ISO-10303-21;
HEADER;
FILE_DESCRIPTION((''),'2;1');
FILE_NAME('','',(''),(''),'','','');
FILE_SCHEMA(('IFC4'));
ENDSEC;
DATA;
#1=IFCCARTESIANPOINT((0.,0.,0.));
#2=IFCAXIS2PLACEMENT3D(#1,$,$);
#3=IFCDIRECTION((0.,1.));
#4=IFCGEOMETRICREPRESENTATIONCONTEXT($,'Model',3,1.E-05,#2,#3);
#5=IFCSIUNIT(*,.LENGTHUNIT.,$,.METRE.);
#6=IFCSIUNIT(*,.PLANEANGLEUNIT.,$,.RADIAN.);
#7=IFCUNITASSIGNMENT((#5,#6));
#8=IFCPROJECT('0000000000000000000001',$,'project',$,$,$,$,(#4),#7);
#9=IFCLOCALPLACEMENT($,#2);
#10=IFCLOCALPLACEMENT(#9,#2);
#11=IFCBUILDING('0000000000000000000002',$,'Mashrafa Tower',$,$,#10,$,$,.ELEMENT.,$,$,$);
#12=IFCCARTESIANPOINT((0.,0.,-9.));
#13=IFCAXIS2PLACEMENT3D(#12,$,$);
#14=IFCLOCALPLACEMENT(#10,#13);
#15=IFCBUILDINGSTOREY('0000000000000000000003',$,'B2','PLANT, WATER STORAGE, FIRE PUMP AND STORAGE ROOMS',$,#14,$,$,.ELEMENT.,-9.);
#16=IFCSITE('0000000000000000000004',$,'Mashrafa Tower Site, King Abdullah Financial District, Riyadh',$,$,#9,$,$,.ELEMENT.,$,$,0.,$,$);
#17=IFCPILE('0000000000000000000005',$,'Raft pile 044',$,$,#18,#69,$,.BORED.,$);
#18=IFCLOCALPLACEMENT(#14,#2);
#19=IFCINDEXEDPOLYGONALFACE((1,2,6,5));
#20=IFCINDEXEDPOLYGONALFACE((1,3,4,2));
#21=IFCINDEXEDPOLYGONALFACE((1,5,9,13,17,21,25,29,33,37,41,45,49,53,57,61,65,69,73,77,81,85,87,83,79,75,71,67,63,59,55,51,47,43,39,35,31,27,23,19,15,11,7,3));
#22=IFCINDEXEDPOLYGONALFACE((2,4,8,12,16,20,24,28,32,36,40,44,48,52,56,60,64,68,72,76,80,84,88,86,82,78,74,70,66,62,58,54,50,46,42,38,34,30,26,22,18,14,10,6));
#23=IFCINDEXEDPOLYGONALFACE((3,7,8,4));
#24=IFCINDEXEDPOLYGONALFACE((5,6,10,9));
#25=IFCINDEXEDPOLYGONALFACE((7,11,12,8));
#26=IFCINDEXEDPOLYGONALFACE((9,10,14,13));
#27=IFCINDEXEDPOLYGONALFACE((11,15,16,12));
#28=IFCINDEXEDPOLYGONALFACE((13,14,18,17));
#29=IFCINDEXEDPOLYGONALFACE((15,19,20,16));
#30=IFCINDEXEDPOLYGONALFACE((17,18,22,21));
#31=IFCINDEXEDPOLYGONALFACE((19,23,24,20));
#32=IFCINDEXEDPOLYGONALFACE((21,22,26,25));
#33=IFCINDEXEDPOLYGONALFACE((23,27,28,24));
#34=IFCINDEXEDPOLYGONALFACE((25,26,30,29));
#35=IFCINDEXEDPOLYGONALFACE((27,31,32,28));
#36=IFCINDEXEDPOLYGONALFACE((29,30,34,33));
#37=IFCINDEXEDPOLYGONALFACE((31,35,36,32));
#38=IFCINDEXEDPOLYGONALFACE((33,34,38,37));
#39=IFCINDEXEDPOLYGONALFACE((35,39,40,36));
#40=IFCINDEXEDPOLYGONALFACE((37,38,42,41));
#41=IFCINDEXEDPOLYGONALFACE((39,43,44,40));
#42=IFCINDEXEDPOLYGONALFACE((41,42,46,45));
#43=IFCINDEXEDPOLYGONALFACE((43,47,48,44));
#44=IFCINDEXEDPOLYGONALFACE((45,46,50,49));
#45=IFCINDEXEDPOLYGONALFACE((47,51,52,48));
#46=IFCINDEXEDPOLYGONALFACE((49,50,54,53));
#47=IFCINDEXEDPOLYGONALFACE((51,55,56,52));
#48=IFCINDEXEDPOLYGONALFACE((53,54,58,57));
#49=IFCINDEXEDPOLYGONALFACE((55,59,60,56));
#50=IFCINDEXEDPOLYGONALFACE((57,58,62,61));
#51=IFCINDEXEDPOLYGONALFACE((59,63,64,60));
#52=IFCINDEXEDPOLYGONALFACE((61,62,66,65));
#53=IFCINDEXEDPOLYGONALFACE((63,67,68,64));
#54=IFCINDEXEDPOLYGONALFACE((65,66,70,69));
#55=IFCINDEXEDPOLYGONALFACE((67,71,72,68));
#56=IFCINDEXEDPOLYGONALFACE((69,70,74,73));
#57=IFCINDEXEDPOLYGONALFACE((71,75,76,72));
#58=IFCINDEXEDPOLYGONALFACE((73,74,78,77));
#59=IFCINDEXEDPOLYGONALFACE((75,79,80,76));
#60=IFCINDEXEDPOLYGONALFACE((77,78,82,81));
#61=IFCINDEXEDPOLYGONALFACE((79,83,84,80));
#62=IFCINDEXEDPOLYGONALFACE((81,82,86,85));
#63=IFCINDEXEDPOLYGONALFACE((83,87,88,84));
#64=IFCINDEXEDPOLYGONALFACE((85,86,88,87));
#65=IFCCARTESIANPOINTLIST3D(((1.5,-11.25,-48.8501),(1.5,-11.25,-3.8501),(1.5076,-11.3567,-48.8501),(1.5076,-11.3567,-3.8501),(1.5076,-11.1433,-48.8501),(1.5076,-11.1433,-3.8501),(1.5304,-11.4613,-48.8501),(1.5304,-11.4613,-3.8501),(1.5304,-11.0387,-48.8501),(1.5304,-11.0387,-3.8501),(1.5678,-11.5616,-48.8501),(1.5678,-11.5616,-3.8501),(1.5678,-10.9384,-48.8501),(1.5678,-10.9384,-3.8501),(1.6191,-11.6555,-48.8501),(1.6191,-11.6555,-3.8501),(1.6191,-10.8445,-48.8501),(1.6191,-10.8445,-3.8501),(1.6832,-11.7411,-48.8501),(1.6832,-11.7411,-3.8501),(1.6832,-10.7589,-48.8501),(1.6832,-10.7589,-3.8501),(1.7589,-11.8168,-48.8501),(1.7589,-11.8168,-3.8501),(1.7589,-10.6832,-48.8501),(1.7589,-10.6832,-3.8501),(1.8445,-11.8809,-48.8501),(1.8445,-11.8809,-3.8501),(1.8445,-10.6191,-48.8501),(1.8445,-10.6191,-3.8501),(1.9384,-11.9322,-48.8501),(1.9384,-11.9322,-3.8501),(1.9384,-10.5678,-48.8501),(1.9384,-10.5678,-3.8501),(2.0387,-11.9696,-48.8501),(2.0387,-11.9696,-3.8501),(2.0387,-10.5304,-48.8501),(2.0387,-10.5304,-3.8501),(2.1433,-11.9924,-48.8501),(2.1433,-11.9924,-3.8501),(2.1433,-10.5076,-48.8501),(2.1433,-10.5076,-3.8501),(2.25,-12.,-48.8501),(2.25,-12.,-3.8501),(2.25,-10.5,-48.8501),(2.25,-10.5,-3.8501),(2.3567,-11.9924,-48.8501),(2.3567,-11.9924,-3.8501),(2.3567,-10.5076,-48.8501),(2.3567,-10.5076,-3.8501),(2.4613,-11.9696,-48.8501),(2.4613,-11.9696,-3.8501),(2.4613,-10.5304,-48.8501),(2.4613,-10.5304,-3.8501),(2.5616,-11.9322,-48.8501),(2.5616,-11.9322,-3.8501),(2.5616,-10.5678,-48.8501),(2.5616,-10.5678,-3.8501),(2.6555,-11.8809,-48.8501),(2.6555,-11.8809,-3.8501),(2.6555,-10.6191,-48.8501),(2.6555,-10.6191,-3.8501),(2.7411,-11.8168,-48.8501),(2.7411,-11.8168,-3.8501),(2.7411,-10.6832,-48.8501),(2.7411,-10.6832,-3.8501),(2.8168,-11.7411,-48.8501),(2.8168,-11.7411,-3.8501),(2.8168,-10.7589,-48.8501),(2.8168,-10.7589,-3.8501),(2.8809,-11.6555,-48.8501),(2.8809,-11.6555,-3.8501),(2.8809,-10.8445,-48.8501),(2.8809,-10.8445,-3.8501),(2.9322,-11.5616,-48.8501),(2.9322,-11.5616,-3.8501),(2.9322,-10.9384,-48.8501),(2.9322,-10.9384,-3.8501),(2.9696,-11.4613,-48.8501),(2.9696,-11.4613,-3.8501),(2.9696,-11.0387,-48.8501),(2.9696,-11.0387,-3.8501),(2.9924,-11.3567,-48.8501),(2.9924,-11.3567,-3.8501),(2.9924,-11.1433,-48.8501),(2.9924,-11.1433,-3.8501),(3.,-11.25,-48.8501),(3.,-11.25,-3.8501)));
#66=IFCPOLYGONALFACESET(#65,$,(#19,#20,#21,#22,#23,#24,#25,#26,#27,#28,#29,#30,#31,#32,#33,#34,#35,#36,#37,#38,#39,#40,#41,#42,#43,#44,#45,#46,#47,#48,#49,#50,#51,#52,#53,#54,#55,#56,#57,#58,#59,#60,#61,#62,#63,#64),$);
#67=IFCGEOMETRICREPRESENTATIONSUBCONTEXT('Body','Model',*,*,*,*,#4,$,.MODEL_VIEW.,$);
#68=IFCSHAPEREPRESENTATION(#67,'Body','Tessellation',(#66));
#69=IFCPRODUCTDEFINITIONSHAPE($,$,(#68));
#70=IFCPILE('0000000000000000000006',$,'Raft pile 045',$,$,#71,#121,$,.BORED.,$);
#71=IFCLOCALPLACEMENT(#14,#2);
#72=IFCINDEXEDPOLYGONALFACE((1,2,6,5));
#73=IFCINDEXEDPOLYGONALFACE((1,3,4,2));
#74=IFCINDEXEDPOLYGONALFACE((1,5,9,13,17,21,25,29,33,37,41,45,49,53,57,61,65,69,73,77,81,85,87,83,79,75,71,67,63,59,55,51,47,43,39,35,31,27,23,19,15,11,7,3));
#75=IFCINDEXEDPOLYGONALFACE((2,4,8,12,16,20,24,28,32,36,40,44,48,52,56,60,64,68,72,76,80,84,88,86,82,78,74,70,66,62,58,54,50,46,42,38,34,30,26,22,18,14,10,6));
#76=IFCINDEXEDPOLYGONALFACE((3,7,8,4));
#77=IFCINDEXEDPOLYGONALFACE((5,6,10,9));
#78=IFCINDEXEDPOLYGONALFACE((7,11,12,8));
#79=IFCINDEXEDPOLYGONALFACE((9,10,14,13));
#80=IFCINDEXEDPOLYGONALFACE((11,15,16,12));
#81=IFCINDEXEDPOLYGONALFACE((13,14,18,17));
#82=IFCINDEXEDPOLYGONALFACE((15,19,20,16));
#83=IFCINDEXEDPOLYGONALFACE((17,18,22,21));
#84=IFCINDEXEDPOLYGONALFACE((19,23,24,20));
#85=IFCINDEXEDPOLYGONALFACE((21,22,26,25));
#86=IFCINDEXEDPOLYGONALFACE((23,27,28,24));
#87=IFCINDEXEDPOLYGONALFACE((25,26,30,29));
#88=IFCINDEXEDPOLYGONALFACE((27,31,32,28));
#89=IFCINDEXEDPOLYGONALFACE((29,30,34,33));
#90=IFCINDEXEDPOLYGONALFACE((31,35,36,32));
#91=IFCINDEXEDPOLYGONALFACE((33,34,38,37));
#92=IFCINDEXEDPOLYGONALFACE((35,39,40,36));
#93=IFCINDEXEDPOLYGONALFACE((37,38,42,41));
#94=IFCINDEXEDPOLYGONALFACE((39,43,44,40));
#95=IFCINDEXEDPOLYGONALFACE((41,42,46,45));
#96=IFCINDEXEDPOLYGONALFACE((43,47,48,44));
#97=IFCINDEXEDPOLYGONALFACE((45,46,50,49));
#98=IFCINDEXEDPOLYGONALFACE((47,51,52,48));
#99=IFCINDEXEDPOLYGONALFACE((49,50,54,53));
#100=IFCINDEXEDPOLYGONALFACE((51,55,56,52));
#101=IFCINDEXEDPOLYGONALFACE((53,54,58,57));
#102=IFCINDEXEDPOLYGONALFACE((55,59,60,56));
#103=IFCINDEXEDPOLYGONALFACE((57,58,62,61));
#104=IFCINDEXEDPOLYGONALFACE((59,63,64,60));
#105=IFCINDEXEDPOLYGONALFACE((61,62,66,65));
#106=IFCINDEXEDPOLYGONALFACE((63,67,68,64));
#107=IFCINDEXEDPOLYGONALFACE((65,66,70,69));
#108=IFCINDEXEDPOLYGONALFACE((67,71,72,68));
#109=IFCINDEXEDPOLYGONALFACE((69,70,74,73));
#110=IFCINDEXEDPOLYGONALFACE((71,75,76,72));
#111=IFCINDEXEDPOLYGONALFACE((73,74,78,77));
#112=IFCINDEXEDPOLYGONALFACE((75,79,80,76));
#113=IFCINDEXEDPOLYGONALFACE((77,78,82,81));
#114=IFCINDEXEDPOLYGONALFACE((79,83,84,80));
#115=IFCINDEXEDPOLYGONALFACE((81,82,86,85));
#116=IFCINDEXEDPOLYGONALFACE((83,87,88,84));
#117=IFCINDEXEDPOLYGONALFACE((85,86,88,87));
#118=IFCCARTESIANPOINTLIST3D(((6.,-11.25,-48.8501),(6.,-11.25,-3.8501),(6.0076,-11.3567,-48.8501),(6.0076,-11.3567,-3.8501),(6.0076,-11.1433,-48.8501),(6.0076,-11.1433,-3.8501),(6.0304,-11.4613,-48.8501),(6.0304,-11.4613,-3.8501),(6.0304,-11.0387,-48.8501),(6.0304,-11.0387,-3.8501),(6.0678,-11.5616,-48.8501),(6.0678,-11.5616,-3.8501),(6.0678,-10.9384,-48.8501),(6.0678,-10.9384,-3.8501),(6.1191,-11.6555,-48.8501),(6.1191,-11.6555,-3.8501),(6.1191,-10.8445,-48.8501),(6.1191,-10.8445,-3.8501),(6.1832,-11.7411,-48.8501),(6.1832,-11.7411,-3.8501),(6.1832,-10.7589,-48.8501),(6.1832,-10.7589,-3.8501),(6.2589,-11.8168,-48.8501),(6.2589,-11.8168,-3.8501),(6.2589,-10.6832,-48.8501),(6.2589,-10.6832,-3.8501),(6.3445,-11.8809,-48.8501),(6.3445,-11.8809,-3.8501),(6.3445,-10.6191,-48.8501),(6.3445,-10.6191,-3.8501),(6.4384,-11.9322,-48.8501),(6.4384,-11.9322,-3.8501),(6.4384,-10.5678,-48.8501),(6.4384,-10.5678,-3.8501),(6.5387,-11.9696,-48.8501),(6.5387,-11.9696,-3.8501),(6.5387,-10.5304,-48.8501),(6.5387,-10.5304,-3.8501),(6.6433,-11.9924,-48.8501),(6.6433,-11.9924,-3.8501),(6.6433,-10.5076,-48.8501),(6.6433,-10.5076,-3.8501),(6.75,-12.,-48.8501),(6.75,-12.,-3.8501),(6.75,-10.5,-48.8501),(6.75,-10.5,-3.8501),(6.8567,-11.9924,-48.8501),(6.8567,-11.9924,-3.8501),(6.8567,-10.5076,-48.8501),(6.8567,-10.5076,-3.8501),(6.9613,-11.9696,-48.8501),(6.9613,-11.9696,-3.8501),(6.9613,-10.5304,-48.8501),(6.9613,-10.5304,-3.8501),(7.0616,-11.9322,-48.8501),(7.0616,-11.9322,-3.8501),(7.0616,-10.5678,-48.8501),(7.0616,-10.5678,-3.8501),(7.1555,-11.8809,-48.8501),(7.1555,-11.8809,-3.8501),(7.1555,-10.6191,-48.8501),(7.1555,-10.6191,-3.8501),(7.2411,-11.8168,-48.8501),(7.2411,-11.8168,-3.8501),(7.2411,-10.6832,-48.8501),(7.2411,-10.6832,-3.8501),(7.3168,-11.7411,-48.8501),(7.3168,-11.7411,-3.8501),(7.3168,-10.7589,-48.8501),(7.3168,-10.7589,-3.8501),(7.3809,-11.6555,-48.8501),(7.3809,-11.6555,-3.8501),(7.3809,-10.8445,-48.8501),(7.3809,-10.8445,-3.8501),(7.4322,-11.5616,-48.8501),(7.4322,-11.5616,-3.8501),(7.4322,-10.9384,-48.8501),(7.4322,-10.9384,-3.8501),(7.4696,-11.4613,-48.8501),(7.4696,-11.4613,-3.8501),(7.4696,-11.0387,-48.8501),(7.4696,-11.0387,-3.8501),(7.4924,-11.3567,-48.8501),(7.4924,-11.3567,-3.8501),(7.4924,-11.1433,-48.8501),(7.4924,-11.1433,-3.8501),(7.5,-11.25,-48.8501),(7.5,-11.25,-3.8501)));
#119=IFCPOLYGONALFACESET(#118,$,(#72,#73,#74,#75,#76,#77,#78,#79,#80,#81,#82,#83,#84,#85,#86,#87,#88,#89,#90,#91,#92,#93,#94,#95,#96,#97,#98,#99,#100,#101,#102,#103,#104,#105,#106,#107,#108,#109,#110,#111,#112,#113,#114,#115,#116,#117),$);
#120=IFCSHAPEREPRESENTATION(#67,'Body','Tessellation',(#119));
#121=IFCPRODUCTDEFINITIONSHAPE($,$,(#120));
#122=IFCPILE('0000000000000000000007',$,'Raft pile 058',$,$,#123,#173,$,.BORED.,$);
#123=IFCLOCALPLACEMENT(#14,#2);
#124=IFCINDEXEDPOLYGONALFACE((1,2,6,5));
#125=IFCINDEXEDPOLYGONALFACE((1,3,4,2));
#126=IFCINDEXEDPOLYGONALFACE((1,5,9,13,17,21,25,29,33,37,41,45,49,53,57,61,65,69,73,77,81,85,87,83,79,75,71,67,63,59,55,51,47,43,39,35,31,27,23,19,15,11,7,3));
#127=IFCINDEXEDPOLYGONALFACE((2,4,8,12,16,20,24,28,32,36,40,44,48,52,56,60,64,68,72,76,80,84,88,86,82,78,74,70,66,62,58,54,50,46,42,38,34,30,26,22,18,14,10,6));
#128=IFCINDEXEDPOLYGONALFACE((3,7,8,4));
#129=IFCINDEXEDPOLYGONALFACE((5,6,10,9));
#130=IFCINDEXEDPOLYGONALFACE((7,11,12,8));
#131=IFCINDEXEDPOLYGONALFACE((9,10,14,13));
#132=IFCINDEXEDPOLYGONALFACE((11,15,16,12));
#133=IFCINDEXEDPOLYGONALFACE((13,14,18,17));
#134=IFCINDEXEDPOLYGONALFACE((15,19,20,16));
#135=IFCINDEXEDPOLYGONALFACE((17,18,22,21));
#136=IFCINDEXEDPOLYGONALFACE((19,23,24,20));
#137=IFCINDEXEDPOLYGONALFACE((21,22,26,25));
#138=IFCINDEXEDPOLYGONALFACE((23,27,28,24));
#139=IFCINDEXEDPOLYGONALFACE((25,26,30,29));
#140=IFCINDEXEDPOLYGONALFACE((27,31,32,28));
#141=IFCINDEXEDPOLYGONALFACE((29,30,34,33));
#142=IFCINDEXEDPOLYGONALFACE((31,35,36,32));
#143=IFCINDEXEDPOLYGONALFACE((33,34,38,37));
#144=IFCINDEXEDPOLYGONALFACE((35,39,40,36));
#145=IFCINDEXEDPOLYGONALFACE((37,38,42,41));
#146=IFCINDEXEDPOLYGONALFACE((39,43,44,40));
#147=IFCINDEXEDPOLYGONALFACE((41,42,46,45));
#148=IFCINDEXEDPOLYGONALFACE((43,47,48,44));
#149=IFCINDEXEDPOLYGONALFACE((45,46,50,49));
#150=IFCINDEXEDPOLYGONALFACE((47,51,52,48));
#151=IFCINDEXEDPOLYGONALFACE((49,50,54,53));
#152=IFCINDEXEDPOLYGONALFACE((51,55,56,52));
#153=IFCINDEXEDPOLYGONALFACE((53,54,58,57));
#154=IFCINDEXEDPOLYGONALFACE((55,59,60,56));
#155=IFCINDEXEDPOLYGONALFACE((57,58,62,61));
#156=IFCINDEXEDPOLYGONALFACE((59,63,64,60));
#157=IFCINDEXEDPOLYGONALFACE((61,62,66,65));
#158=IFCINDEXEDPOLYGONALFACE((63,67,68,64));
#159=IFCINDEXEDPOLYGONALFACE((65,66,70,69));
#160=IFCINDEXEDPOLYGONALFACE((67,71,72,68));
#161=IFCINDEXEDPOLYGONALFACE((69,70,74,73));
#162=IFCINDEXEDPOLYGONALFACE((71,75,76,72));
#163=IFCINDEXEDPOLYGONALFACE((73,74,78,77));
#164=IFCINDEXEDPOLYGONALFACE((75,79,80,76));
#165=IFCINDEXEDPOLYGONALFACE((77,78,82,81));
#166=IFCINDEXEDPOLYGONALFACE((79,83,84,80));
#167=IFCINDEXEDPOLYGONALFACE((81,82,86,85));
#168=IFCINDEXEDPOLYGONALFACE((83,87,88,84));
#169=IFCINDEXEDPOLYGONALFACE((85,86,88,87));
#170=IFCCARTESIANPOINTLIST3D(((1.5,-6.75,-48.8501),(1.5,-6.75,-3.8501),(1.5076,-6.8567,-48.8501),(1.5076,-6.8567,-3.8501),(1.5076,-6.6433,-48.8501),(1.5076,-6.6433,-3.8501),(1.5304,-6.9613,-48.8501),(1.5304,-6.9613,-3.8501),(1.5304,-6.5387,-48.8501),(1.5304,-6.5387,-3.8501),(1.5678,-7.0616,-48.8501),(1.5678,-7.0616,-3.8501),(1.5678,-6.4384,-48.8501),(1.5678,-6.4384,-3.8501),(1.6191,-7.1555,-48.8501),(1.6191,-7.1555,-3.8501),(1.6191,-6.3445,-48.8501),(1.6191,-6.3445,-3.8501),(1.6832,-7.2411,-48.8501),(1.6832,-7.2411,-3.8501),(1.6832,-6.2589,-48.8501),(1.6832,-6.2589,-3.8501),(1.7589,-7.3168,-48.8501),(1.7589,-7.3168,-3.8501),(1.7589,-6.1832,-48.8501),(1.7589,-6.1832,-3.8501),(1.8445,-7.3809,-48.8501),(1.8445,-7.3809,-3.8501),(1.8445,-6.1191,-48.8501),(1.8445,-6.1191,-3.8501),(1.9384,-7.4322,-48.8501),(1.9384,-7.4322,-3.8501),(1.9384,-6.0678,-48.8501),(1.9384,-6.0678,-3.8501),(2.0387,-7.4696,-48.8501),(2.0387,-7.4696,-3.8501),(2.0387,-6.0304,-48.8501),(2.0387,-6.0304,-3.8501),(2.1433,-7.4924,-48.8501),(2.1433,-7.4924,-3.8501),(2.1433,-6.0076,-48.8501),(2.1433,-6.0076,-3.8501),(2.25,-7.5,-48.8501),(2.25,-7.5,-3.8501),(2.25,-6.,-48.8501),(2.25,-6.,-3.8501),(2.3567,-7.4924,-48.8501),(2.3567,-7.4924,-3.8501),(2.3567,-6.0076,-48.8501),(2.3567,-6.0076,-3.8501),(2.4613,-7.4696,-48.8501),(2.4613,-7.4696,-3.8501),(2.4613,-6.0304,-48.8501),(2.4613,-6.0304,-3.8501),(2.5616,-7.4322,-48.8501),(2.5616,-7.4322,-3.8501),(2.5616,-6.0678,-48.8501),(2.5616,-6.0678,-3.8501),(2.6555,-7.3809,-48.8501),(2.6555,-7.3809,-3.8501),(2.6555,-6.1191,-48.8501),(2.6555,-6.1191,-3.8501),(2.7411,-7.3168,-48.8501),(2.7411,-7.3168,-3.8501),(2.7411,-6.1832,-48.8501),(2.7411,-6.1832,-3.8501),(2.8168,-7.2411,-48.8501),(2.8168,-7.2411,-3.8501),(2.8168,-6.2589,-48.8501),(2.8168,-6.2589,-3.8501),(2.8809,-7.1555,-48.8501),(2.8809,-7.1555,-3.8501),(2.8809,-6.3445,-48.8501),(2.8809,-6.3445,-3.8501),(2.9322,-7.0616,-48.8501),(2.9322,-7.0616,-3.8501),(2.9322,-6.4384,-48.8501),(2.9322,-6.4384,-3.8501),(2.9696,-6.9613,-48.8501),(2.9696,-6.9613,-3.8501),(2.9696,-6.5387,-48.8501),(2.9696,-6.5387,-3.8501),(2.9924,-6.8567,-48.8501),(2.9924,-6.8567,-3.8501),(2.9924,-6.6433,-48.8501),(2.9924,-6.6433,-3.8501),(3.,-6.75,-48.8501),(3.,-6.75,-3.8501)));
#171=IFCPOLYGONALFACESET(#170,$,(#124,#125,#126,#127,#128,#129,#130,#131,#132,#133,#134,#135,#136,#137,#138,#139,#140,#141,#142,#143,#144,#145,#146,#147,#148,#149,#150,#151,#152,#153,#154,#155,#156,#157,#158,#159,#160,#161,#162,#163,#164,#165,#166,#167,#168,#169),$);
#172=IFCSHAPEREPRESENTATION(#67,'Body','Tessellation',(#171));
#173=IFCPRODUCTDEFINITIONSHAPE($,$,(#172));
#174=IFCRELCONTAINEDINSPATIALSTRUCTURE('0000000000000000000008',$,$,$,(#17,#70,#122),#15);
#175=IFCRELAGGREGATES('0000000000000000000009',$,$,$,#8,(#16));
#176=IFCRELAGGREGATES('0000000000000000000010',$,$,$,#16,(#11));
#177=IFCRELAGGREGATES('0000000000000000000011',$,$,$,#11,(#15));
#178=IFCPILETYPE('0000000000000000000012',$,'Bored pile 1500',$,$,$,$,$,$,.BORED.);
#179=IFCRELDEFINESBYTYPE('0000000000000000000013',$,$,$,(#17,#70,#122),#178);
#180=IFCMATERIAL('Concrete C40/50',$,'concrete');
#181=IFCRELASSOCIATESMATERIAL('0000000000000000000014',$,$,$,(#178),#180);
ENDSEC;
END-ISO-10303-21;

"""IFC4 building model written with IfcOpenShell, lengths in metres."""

from ifc_helpers import new_model, si_unit, direction, frame, origin, origin_2d, place, context, subcontext, project, spatial, circle, extrude, material, material_profile, profile_set, type_object, element, save


model = new_model("IFC4")

# Units and contexts
model_context = context("Model", 3, precision=1e-05, world=origin(), true_north=direction((0.0, 1.0)))
body_context = subcontext(model_context, "Body", "Model", "MODEL_VIEW")
ifc_project = project(units=[si_unit("LENGTHUNIT", "METRE"), si_unit("PLANEANGLEUNIT", "RADIAN")], contexts=[model_context])

# Site, building, storey
site_placement = place(None, origin())
site = spatial("IfcSite", under=ifc_project, at=site_placement, Name="Mashrafa Tower Site, King Abdullah Financial District, Riyadh", CompositionType="ELEMENT", RefElevation=0.0)
building_placement = place(site_placement, origin())
building = spatial("IfcBuilding", under=site, at=building_placement, Name="Mashrafa Tower", CompositionType="ELEMENT")
storey_placement = place(building_placement, frame((0.0, 0.0, -9.0)))
storey = spatial("IfcBuildingStorey", under=building, at=storey_placement, Name="B2", Description="PLANT, WATER STORAGE, FIRE PUMP AND STORAGE ROOMS", CompositionType="ELEMENT", Elevation=-9.0)

# Piles
ifc_material_1 = material(Name="Concrete C40/50", Category="concrete")
ifc_material_profile = material_profile(ifc_material_1, circle(Radius=0.75, at=origin_2d()), Name="1500 DIA")
ifc_profile_set = profile_set([ifc_material_profile], Name="Concrete C40/50")
pile_type = type_object("IfcPileType", Name="Bored pile 1500", PredefinedType="BORED", material=ifc_profile_set)
for number, where, z_axis, x_axis, name in (
    (1, (2.25, -11.25, -3.8501), (0.0, 0.0, -1.0), (1.0, 0.0, 0.0), "Raft pile 044"),
    (2, (6.75, -11.25, -3.8501), (0.0, 0.0, -1.0), (1.0, 0.0, 0.0), "Raft pile 045"),
    (3, (2.25, -6.75, -3.8501), (0.0, 0.0, -1.0), (1.0, 0.0, 0.0), "Raft pile 058"),
):
    element("IfcPile", number, at=place(storey_placement, frame(where, z_axis=z_axis, x_axis=x_axis)), inside=storey, type_object=pile_type, Name=name, PredefinedType="BORED", context=body_context, shape_type="SweptSolid", body=[
        extrude(circle(Radius=0.75, at=origin_2d()), origin(), (0.0, 0.0, 1.0), 45.0),
    ])

save(model, "model.ifc")
